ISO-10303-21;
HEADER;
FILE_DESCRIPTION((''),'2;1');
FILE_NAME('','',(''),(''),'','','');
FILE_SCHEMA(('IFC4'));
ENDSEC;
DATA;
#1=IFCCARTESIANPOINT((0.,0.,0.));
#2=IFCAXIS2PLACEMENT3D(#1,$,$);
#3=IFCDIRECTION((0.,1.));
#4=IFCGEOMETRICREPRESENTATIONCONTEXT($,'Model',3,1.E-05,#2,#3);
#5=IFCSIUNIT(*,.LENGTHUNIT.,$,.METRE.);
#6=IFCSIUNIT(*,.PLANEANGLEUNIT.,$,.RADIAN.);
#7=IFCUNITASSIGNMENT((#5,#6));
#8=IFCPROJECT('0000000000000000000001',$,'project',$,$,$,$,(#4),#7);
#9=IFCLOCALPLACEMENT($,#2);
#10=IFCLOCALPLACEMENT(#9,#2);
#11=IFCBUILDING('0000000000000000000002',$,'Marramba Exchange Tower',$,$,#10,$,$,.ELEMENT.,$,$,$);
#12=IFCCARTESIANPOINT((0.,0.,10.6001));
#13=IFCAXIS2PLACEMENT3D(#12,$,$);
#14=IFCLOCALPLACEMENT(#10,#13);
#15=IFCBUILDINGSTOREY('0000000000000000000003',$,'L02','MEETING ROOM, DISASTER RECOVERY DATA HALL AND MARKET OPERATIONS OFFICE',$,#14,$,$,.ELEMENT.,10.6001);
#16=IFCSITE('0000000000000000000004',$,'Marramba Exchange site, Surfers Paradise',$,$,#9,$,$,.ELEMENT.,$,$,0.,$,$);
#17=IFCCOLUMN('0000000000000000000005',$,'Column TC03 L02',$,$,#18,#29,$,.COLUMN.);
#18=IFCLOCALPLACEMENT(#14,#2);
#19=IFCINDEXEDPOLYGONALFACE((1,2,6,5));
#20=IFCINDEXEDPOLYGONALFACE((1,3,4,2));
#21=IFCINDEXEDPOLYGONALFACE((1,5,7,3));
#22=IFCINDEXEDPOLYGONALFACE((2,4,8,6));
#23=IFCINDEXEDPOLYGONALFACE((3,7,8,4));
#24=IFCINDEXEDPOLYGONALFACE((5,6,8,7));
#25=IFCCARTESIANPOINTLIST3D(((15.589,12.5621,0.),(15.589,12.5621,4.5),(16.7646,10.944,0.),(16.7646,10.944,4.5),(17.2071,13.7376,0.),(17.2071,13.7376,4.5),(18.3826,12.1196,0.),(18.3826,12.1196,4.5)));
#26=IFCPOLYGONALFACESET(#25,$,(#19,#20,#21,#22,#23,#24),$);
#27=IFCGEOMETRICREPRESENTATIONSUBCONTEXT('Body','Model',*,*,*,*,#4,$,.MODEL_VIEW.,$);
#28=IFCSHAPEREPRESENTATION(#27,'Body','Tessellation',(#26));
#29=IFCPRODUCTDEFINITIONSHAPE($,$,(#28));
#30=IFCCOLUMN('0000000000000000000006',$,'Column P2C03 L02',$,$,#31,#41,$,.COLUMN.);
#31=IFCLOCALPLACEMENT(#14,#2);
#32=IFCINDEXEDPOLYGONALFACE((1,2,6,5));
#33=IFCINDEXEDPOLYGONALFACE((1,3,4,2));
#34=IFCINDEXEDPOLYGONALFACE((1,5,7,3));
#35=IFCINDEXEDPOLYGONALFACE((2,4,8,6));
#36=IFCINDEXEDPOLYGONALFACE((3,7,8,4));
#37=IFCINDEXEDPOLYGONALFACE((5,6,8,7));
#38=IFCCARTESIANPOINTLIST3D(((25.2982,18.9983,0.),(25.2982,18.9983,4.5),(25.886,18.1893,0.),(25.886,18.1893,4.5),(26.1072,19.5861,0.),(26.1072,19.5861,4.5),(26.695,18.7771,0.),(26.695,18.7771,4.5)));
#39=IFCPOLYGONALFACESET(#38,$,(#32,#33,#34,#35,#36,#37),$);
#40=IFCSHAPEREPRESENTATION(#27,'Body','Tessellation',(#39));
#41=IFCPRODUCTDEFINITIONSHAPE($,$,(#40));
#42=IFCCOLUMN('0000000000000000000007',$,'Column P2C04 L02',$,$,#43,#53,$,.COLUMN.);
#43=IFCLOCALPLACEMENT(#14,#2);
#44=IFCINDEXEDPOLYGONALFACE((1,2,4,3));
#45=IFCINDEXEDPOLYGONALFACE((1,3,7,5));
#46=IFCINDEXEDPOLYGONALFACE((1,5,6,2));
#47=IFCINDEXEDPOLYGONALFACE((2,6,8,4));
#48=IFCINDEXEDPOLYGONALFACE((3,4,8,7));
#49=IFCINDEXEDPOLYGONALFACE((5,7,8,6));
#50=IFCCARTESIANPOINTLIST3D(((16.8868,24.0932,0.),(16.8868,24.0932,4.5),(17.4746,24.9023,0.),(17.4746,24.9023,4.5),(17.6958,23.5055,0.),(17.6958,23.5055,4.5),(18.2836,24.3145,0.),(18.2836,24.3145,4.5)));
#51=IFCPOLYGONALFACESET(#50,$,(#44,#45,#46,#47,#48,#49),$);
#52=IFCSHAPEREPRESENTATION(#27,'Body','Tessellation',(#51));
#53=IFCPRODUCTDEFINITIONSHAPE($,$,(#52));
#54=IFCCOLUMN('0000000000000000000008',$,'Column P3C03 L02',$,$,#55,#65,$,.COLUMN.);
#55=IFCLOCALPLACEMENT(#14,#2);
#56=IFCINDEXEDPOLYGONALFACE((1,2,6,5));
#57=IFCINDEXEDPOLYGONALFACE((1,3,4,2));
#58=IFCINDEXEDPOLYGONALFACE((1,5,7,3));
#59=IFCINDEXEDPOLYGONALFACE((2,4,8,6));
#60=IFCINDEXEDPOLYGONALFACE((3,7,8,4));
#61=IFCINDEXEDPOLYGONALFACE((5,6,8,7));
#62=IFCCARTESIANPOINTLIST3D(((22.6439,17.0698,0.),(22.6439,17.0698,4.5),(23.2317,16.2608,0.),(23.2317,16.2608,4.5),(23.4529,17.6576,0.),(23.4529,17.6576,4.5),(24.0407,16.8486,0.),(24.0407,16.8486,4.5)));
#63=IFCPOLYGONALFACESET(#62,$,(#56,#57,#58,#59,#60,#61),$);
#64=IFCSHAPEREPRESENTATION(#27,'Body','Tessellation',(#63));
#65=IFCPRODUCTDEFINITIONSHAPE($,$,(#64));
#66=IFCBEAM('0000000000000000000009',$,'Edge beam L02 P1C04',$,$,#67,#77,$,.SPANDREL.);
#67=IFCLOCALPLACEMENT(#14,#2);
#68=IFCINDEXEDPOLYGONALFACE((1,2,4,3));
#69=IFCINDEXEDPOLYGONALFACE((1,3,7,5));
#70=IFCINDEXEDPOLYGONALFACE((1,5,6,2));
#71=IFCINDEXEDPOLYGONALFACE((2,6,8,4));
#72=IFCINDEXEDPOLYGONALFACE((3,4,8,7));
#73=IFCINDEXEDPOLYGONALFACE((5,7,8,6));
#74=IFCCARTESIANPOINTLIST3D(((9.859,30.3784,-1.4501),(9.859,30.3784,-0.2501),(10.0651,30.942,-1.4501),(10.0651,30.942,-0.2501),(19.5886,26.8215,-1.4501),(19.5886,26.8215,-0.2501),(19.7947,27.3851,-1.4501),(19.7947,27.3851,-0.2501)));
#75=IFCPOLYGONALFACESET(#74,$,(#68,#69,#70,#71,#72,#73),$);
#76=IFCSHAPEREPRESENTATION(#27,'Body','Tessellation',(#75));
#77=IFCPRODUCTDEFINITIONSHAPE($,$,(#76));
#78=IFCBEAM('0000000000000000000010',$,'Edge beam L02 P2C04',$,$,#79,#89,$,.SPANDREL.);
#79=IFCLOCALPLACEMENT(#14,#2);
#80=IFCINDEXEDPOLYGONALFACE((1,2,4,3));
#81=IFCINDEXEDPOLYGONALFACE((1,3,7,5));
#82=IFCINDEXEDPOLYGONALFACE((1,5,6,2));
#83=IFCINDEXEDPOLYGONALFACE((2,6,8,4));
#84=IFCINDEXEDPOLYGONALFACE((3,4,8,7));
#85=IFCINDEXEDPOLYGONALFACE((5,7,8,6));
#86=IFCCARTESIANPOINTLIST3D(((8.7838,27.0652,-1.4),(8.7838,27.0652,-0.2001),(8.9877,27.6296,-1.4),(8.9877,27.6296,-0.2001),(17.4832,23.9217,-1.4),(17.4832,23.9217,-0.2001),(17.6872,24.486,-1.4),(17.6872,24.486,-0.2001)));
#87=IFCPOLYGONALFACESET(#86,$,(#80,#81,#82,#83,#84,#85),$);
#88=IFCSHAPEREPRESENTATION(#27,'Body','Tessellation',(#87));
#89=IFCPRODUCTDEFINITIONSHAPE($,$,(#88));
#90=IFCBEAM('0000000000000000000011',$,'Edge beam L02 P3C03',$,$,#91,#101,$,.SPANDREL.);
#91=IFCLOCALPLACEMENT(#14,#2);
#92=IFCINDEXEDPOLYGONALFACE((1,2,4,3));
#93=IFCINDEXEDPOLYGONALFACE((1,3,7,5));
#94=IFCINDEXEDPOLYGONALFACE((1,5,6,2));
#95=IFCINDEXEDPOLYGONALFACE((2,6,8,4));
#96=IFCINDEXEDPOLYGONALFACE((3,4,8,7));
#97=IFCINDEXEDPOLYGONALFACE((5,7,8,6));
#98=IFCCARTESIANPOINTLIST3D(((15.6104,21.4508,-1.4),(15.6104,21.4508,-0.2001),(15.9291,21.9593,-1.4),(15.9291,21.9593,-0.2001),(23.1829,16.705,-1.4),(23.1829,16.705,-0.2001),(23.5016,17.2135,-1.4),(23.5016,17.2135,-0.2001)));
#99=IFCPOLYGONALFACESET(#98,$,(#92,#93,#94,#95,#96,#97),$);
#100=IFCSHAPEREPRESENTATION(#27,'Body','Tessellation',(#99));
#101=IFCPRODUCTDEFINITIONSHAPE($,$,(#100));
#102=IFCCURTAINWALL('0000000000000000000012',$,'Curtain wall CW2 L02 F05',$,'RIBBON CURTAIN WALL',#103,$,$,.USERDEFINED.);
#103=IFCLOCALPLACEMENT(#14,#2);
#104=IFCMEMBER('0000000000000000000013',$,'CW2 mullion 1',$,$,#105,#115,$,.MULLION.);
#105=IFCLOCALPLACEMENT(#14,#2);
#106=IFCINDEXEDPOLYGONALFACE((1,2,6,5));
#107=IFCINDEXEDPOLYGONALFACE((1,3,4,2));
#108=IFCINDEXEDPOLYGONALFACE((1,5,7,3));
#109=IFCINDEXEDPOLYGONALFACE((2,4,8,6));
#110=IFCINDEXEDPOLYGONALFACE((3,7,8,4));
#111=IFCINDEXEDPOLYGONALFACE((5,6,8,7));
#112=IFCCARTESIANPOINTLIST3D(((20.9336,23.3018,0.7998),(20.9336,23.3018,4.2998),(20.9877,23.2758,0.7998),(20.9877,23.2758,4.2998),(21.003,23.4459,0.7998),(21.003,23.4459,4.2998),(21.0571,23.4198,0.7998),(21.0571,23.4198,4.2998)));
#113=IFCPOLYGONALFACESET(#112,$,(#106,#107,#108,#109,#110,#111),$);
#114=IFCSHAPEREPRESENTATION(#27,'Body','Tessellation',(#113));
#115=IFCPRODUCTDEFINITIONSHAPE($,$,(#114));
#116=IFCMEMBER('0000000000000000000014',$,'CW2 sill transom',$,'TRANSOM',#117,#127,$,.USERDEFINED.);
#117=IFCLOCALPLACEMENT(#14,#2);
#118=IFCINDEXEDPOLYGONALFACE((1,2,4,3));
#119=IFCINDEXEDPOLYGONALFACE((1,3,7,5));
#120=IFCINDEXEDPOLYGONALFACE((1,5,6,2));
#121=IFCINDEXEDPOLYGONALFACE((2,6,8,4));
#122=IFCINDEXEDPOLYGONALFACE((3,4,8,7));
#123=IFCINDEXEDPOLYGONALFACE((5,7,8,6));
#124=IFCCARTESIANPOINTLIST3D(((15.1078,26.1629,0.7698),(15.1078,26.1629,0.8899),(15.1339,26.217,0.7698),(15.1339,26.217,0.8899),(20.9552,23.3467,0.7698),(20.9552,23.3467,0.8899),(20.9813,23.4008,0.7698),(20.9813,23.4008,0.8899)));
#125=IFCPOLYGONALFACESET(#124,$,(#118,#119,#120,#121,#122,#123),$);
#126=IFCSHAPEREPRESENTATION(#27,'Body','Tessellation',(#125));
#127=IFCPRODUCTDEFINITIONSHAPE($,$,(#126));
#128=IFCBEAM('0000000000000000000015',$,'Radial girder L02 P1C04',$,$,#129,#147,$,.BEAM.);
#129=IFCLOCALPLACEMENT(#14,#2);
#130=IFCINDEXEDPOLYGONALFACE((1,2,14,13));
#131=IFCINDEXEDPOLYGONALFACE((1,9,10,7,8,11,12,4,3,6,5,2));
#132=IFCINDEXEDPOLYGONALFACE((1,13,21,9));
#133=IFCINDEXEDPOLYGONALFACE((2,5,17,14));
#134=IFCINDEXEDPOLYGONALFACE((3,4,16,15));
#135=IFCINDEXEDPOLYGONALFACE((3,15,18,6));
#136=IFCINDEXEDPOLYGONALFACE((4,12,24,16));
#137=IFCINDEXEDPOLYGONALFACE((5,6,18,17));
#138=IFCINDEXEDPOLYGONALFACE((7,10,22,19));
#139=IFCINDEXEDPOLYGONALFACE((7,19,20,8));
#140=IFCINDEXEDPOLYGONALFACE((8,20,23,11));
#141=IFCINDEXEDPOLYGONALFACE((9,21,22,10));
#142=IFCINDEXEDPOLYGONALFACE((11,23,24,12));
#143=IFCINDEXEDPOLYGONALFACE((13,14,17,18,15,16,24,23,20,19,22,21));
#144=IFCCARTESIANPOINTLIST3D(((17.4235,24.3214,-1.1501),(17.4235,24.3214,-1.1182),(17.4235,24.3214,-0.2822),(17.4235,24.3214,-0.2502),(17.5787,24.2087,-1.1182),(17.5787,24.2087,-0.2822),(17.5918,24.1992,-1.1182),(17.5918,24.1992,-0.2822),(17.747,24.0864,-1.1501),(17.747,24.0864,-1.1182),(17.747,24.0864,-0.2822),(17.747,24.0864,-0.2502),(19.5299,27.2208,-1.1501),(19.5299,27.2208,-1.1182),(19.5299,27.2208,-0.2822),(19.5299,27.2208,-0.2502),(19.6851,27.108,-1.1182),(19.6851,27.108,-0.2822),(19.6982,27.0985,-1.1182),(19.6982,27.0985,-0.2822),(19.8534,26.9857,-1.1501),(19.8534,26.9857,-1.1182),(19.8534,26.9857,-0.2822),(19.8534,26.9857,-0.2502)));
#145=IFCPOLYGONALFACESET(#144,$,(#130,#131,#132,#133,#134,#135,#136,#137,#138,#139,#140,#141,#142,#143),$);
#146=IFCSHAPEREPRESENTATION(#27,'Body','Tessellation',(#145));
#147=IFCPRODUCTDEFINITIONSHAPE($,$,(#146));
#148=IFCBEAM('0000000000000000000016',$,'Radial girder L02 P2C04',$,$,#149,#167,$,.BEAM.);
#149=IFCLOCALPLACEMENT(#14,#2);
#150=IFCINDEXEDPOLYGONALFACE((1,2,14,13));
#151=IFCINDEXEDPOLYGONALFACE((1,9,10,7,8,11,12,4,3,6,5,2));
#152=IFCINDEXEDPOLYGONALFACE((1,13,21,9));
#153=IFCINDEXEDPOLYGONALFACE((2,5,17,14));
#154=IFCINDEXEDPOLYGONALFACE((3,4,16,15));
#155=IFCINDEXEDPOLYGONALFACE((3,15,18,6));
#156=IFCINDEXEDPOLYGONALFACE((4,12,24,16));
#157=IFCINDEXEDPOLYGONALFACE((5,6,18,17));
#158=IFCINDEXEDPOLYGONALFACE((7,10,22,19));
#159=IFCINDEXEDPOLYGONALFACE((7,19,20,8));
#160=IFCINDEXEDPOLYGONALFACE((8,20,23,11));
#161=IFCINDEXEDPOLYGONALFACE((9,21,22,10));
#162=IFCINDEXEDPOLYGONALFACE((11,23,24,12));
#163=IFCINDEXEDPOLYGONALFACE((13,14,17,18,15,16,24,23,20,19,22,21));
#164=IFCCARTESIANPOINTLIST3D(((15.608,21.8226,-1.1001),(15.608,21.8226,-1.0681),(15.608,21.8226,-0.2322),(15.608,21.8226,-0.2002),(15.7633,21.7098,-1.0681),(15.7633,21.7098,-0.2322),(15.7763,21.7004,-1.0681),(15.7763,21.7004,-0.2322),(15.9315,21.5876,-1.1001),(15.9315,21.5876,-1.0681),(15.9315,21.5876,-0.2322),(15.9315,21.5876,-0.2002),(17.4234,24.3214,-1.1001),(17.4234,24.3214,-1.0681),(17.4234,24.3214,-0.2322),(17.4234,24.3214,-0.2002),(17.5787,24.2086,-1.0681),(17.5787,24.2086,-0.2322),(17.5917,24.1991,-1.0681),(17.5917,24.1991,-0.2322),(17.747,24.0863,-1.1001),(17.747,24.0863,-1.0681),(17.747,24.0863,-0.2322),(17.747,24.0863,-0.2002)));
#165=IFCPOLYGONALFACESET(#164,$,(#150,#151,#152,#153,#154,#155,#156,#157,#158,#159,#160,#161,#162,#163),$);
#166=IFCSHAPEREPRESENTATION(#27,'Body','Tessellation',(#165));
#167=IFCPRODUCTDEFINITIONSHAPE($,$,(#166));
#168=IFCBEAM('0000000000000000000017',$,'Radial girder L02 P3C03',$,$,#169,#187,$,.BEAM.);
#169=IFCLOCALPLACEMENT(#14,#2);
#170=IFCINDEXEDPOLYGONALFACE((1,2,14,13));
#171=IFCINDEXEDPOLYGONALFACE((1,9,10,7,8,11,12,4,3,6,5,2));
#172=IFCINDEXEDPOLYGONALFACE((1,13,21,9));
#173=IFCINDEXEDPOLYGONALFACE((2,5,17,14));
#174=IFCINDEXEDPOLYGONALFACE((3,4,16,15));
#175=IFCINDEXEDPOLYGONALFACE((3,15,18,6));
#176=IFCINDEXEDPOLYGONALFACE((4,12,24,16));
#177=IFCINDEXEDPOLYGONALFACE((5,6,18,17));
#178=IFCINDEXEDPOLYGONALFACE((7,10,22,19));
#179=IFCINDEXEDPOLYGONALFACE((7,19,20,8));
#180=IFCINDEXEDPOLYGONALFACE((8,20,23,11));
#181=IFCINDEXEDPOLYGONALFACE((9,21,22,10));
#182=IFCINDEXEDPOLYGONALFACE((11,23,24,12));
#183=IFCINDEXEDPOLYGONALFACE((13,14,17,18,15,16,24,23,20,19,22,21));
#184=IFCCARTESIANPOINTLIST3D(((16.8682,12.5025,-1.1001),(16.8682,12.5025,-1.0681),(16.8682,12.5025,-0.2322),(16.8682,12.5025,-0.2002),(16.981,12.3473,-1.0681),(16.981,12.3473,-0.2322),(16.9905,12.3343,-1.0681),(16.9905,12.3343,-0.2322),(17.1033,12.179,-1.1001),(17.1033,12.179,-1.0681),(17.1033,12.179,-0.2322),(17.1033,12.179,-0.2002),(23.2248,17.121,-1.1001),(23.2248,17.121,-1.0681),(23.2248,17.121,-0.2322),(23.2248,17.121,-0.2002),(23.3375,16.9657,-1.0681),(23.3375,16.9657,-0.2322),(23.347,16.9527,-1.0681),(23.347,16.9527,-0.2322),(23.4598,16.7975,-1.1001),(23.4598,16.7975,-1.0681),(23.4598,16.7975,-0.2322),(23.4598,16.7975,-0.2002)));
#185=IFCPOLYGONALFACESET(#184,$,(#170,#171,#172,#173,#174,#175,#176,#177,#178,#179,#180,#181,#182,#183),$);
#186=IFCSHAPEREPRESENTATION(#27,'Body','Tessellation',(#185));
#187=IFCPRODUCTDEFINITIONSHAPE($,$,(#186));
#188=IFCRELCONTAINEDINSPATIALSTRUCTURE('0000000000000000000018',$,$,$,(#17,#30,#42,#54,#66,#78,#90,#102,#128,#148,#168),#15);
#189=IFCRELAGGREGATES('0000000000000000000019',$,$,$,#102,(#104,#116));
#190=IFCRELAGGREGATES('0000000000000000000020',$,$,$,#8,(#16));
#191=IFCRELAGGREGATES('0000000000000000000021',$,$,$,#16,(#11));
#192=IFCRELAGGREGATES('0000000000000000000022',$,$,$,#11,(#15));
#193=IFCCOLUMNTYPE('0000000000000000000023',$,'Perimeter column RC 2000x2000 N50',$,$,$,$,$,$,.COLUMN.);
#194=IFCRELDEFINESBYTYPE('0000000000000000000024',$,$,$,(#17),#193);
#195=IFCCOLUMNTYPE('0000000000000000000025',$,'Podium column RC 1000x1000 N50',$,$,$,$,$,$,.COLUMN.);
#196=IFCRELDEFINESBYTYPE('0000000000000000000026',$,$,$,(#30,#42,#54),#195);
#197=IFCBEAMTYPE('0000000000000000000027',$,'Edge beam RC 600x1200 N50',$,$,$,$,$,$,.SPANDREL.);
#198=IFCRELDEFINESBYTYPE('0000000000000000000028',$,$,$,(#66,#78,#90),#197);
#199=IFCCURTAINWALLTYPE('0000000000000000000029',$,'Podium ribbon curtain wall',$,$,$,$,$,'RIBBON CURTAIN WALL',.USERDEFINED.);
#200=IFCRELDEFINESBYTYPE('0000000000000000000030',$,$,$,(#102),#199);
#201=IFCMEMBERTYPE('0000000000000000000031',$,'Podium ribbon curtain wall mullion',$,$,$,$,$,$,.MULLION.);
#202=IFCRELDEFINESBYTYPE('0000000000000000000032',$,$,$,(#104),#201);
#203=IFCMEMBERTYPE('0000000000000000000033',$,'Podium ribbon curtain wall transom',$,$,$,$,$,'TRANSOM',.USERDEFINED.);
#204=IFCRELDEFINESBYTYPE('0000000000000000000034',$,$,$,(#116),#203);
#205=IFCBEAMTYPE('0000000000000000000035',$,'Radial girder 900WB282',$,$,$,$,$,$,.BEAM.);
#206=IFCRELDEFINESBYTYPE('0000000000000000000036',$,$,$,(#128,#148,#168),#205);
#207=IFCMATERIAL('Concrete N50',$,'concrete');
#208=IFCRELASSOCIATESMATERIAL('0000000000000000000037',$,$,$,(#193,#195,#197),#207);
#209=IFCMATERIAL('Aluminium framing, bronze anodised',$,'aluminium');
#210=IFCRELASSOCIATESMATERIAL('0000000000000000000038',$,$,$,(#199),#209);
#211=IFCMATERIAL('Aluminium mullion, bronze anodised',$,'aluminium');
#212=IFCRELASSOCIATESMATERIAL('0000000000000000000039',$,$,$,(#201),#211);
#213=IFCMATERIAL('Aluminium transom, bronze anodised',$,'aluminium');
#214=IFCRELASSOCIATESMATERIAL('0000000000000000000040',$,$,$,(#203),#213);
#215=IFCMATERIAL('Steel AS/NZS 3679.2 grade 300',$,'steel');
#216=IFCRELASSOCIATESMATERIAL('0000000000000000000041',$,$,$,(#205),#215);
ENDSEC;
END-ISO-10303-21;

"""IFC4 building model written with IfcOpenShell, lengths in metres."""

from ifc_helpers import new_model, si_unit, direction, frame, origin, origin_2d, place, context, subcontext, project, spatial, rectangle, i_section, extrude, material, material_profile, profile_set, type_object, element, aggregate, save


model = new_model("IFC4")

# Units and contexts
model_context = context("Model", 3, precision=1e-05, world=origin(), true_north=direction((0.0, 1.0)))
body_context = subcontext(model_context, "Body", "Model", "MODEL_VIEW")
ifc_project = project(units=[si_unit("LENGTHUNIT", "METRE"), si_unit("PLANEANGLEUNIT", "RADIAN")], contexts=[model_context])

# Site, building, storey
site_placement = place(None, origin())
site = spatial("IfcSite", under=ifc_project, at=site_placement, Name="Marramba Exchange site, Surfers Paradise", CompositionType="ELEMENT", RefElevation=0.0)
building_placement = place(site_placement, origin())
building = spatial("IfcBuilding", under=site, at=building_placement, Name="Marramba Exchange Tower", CompositionType="ELEMENT")
storey_placement = place(building_placement, frame((0.0, 0.0, 10.6001)))
storey = spatial("IfcBuildingStorey", under=building, at=storey_placement, Name="L02", Description="MEETING ROOM, DISASTER RECOVERY DATA HALL AND MARKET OPERATIONS OFFICE", CompositionType="ELEMENT", Elevation=10.6001)

# Columns
ifc_material_1 = material(Name="Concrete N50", Category="concrete")
ifc_material_profile_1 = material_profile(ifc_material_1, rectangle(XDim=2.0, YDim=2.0, at=origin_2d()), Name="RC 2000x2000")
ifc_profile_set_1 = profile_set([ifc_material_profile_1], Name="Concrete N50")
column_type_1 = type_object("IfcColumnType", Name="Perimeter column RC 2000x2000 N50", PredefinedType="COLUMN", material=ifc_profile_set_1)
column_placement = place(storey_placement, frame((16.9858, 12.3408, 0.0), z_axis=(0.0, 0.0, 1.0), x_axis=(0.809017, 0.587785, 0.0)))
element("IfcColumn", 1, at=column_placement, inside=storey, type_object=column_type_1, Name="Column TC03 L02", PredefinedType="COLUMN", context=body_context, shape_type="SweptSolid", body=[
    extrude(rectangle(XDim=2.0, YDim=2.0, at=origin_2d()), origin(), (0.0, 0.0, 1.0), 4.5),
])
ifc_material_profile_2 = material_profile(ifc_material_1, rectangle(XDim=1.0, YDim=1.0, at=origin_2d()), Name="RC 1000x1000")
ifc_profile_set_2 = profile_set([ifc_material_profile_2], Name="Concrete N50")
column_type_2 = type_object("IfcColumnType", Name="Podium column RC 1000x1000 N50", PredefinedType="COLUMN", material=ifc_profile_set_2)
for number, where, z_axis, x_axis, name in (
    (2, (25.9966, 18.8877, 0.0), (0.0, 0.0, 1.0), (0.809017, 0.587785, 0.0), "Column P2C03 L02"),
    (3, (17.5852, 24.2039, 0.0), (0.0, 0.0, 1.0), (0.587785, 0.809017, 0.0), "Column P2C04 L02"),
    (4, (23.3423, 16.9592, 0.0), (0.0, 0.0, 1.0), (0.809017, 0.587785, 0.0), "Column P3C03 L02"),
):
    element("IfcColumn", number, at=place(storey_placement, frame(where, z_axis=z_axis, x_axis=x_axis)), inside=storey, type_object=column_type_2, Name=name, PredefinedType="COLUMN", context=body_context, shape_type="SweptSolid", body=[
        extrude(rectangle(XDim=1.0, YDim=1.0, at=origin_2d()), origin(), (0.0, 0.0, 1.0), 4.5),
    ])

# Beams
ifc_material_profile_3 = material_profile(ifc_material_1, rectangle(XDim=0.6001, YDim=1.2, at=origin_2d()), Name="RC 600x1200")
ifc_profile_set_3 = profile_set([ifc_material_profile_3], Name="Concrete N50")
beam_type_1 = type_object("IfcBeamType", Name="Edge beam RC 600x1200 N50", PredefinedType="SPANDREL", material=ifc_profile_set_3)
beam_1_placement = place(storey_placement, frame((19.6917, 27.1033, -0.8501), z_axis=(-0.939206, 0.343353, 0.0), x_axis=(-0.343353, -0.939206, 0.0)))
element("IfcBeam", 5, at=beam_1_placement, inside=storey, type_object=beam_type_1, Name="Edge beam L02 P1C04", PredefinedType="SPANDREL", context=body_context, shape_type="SweptSolid", body=[
    extrude(rectangle(XDim=0.6001, YDim=1.2, at=origin_2d()), origin(), (0.0, 0.0, 1.0), 10.3594),
])
beam_2_placement = place(storey_placement, frame((17.5852, 24.2039, -0.8), z_axis=(-0.940482, 0.339844, 0.0), x_axis=(-0.339844, -0.940482, 0.0)))
element("IfcBeam", 6, at=beam_2_placement, inside=storey, type_object=beam_type_1, Name="Edge beam L02 P2C04", PredefinedType="SPANDREL", context=body_context, shape_type="SweptSolid", body=[
    extrude(rectangle(XDim=0.6001, YDim=1.2, at=origin_2d()), origin(), (0.0, 0.0, 1.0), 9.25),
])
beam_3_placement = place(storey_placement, frame((23.3423, 16.9592, -0.8), z_axis=(-0.847342, 0.531047, 0.0), x_axis=(-0.531047, -0.847342, 0.0)))
element("IfcBeam", 7, at=beam_3_placement, inside=storey, type_object=beam_type_1, Name="Edge beam L02 P3C03", PredefinedType="SPANDREL", context=body_context, shape_type="SweptSolid", body=[
    extrude(rectangle(XDim=0.6001, YDim=1.2, at=origin_2d()), origin(), (0.0, 0.0, 1.0), 8.9368),
])

# Curtain wall, members
ifc_material_2 = material(Name="Aluminium framing, bronze anodised", Category="aluminium")
curtain_wall_type = type_object("IfcCurtainWallType", Name="Podium ribbon curtain wall", ElementType="RIBBON CURTAIN WALL", PredefinedType="USERDEFINED", material=ifc_material_2)
curtain_wall_placement = place(storey_placement, origin())
curtain_wall = element("IfcCurtainWall", 8, at=curtain_wall_placement, inside=storey, type_object=curtain_wall_type, Name="Curtain wall CW2 L02 F05", ObjectType="RIBBON CURTAIN WALL", PredefinedType="USERDEFINED")
ifc_material_3 = material(Name="Aluminium mullion, bronze anodised", Category="aluminium")
ifc_material_profile_4 = material_profile(ifc_material_3, rectangle(XDim=0.1599, YDim=0.0601, at=origin_2d()), Name="CW2 mullion 60x160")
ifc_profile_set_4 = profile_set([ifc_material_profile_4], Name="Aluminium mullion, bronze anodised")
member_type_1 = type_object("IfcMemberType", Name="Podium ribbon curtain wall mullion", PredefinedType="MULLION", material=ifc_profile_set_4)
member_1_placement = place(storey_placement, frame((20.9954, 23.3608, 0.7998), z_axis=(0.0, 0.0, 1.0), x_axis=(-0.43391, -0.900956, 0.0)))
member_1 = element("IfcMember", 9, at=member_1_placement, type_object=member_type_1, Name="CW2 mullion 1", PredefinedType="MULLION", context=body_context, shape_type="SweptSolid", body=[
    extrude(rectangle(XDim=0.1599, YDim=0.0601, at=origin_2d()), origin(), (0.0, 0.0, 1.0), 3.5),
])
ifc_material_4 = material(Name="Aluminium transom, bronze anodised", Category="aluminium")
ifc_material_profile_5 = material_profile(ifc_material_4, rectangle(XDim=0.0601, YDim=0.1201, at=origin_2d()), Name="CW2 transom 60x120")
ifc_profile_set_5 = profile_set([ifc_material_profile_5], Name="Aluminium transom, bronze anodised")
member_type_2 = type_object("IfcMemberType", Name="Podium ribbon curtain wall transom", ElementType="TRANSOM", PredefinedType="USERDEFINED", material=ifc_profile_set_5)
member_2_placement = place(storey_placement, frame((20.9683, 23.3738, 0.8298), z_axis=(-0.900957, 0.433908, 0.0), x_axis=(-0.433908, -0.900957, 0.0)))
member_2 = element("IfcMember", 10, at=member_2_placement, type_object=member_type_2, Name="CW2 sill transom", ObjectType="TRANSOM", PredefinedType="USERDEFINED", context=body_context, shape_type="SweptSolid", body=[
    extrude(rectangle(XDim=0.0601, YDim=0.1201, at=origin_2d()), origin(), (0.0, 0.0, 1.0), 6.4902),
])

# Beams
ifc_material_5 = material(Name="Steel AS/NZS 3679.2 grade 300", Category="steel")
ifc_material_profile_6 = material_profile(ifc_material_5, i_section(OverallWidth=0.3999, OverallDepth=0.8999, WebThickness=0.0161, FlangeThickness=0.032, at=origin_2d()), Name="900WB282")
ifc_profile_set_6 = profile_set([ifc_material_profile_6], Name="Steel AS/NZS 3679.2 grade 300")
beam_type_2 = type_object("IfcBeamType", Name="Radial girder 900WB282", PredefinedType="BEAM", material=ifc_profile_set_6)
beam_4_placement = place(storey_placement, frame((19.6917, 27.1033, -0.7002), z_axis=(-0.587767, -0.809031, 0.0), x_axis=(0.809031, -0.587767, 0.0)))
element("IfcBeam", 11, at=beam_4_placement, inside=storey, type_object=beam_type_2, Name="Radial girder L02 P1C04", PredefinedType="BEAM", context=body_context, shape_type="SweptSolid", body=[
    extrude(i_section(OverallWidth=0.3999, OverallDepth=0.8999, WebThickness=0.0161, FlangeThickness=0.032, at=origin_2d()), origin(), (0.0, 0.0, 1.0), 3.5837),
])
beam_5_placement = place(storey_placement, frame((17.5852, 24.2039, -0.6501), z_axis=(-0.587777, -0.809023, 0.0), x_axis=(0.809023, -0.587777, 0.0)))
element("IfcBeam", 12, at=beam_5_placement, inside=storey, type_object=beam_type_2, Name="Radial girder L02 P2C04", PredefinedType="BEAM", context=body_context, shape_type="SweptSolid", body=[
    extrude(i_section(OverallWidth=0.3999, OverallDepth=0.8999, WebThickness=0.0161, FlangeThickness=0.032, at=origin_2d()), origin(), (0.0, 0.0, 1.0), 3.0886),
])
beam_6_placement = place(storey_placement, frame((23.3423, 16.9592, -0.6501), z_axis=(-0.809006, -0.5878, 0.0), x_axis=(0.5878, -0.809006, 0.0)))
element("IfcBeam", 13, at=beam_6_placement, inside=storey, type_object=beam_type_2, Name="Radial girder L02 P3C03", PredefinedType="BEAM", context=body_context, shape_type="SweptSolid", body=[
    extrude(i_section(OverallWidth=0.3999, OverallDepth=0.8999, WebThickness=0.0161, FlangeThickness=0.032, at=origin_2d()), origin(), (0.0, 0.0, 1.0), 7.8572),
])

aggregate(curtain_wall, [member_1, member_2])

save(model, "model.ifc")
